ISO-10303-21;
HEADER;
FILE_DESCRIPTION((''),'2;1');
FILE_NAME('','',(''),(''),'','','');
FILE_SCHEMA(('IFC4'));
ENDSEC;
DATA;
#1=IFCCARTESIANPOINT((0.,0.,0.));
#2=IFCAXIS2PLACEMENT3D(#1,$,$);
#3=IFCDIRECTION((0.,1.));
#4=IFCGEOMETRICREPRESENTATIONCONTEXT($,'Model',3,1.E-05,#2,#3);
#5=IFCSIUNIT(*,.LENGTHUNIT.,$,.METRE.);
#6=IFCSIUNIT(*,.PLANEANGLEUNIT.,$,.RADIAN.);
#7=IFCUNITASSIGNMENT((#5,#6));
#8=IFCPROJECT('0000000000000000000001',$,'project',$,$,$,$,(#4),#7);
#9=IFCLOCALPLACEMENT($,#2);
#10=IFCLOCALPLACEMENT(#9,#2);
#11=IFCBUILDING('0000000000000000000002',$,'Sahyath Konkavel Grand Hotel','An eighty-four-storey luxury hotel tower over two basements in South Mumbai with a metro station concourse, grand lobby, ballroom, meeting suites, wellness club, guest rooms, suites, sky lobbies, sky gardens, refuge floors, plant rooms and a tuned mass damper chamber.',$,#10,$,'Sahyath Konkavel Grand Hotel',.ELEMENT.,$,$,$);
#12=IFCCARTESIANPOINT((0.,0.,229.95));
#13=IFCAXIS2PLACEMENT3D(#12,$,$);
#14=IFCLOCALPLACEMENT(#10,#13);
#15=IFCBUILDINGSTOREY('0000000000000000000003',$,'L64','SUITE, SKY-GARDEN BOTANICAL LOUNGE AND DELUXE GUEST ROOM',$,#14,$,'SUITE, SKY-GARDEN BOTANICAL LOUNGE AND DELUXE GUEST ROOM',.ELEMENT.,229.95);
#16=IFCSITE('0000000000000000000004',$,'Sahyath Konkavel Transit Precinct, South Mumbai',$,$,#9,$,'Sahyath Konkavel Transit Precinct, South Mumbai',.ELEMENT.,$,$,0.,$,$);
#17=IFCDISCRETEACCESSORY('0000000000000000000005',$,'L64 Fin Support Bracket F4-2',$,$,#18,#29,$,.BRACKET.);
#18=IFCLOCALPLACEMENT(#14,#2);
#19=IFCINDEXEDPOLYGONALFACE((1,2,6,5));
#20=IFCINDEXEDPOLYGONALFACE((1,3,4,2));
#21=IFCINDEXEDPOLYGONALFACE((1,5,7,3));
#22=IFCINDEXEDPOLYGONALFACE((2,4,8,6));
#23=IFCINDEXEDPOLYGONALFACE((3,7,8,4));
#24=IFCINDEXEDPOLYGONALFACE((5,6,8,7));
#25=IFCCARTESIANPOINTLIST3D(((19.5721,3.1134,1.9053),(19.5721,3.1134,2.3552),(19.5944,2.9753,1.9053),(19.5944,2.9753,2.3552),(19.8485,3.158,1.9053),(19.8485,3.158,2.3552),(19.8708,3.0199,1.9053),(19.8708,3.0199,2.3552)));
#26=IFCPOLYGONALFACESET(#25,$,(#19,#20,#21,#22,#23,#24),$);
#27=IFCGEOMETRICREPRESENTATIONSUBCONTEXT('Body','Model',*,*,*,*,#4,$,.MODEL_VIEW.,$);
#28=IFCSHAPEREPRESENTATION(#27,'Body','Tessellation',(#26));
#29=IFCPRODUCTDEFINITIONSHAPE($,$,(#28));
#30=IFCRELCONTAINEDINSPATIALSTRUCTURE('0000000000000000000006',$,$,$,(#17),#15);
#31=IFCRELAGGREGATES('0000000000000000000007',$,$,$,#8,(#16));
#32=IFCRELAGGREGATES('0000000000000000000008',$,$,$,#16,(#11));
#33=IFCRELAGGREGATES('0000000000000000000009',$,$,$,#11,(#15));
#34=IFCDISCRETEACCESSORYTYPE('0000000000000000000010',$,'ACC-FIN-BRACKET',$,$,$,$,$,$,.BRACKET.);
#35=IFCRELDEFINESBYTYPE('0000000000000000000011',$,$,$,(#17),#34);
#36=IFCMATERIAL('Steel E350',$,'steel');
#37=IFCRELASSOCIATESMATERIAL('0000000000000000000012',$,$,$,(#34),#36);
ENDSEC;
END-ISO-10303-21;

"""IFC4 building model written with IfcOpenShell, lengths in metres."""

from ifc_helpers import new_model, si_unit, direction, frame, origin, origin_2d, place, context, subcontext, project, spatial, rectangle, extrude, source, transform, mapped, material, type_object, element, save


model = new_model("IFC4")

# Units and contexts
model_context = context("Model", 3, precision=1e-05, world=origin(), true_north=direction((0.0, 1.0)))
body_context = subcontext(model_context, "Body", "Model", "MODEL_VIEW")
ifc_project = project(units=[si_unit("LENGTHUNIT", "METRE"), si_unit("PLANEANGLEUNIT", "RADIAN")], contexts=[model_context])

# Site, building, storey
site_placement = place(None, origin())
site = spatial("IfcSite", under=ifc_project, at=site_placement, Name="Sahyath Konkavel Transit Precinct, South Mumbai", LongName="Sahyath Konkavel Transit Precinct, South Mumbai", CompositionType="ELEMENT", RefElevation=0.0)
building_placement = place(site_placement, origin())
building = spatial("IfcBuilding", under=site, at=building_placement, Name="Sahyath Konkavel Grand Hotel", Description="An eighty-four-storey luxury hotel tower over two basements in South Mumbai with a metro station concourse, grand lobby, ballroom, meeting suites, wellness club, guest rooms, suites, sky lobbies, sky gardens, refuge floors, plant rooms and a tuned mass damper chamber.", LongName="Sahyath Konkavel Grand Hotel", CompositionType="ELEMENT")
storey_placement = place(building_placement, frame((0.0, 0.0, 229.95)))
storey = spatial("IfcBuildingStorey", under=building, at=storey_placement, Name="L64", Description="SUITE, SKY-GARDEN BOTANICAL LOUNGE AND DELUXE GUEST ROOM", LongName="SUITE, SKY-GARDEN BOTANICAL LOUNGE AND DELUXE GUEST ROOM", CompositionType="ELEMENT", Elevation=229.95)

# Shared definitions
ifc_material_1 = material(Name="Steel E350", Category="steel")

# Discrete accessory
discrete_accessory_type = type_object("IfcDiscreteAccessoryType", Name="ACC-FIN-BRACKET", PredefinedType="BRACKET", material=ifc_material_1)
shared_shape_1 = source(origin(), body_context, "Body", "SweptSolid", [
    extrude(rectangle(XDim=0.28, YDim=0.1399, at=origin_2d()), origin(), (0.0, 0.0, 1.0), 0.45),
])
discrete_accessory_placement = place(storey_placement, frame((19.7214, 3.0667, 1.9053), z_axis=(0.0, 0.0, 1.0), x_axis=(0.987214, 0.159399, 0.0)))
element("IfcDiscreteAccessory", 1, at=discrete_accessory_placement, inside=storey, type_object=discrete_accessory_type, Name="L64 Fin Support Bracket F4-2", PredefinedType="BRACKET", context=body_context, shape_type="MappedRepresentation", body=[
    mapped(shared_shape_1, transform((0.0, 0.0, 0.0), scale=1.0)),
])

save(model, "model.ifc")
